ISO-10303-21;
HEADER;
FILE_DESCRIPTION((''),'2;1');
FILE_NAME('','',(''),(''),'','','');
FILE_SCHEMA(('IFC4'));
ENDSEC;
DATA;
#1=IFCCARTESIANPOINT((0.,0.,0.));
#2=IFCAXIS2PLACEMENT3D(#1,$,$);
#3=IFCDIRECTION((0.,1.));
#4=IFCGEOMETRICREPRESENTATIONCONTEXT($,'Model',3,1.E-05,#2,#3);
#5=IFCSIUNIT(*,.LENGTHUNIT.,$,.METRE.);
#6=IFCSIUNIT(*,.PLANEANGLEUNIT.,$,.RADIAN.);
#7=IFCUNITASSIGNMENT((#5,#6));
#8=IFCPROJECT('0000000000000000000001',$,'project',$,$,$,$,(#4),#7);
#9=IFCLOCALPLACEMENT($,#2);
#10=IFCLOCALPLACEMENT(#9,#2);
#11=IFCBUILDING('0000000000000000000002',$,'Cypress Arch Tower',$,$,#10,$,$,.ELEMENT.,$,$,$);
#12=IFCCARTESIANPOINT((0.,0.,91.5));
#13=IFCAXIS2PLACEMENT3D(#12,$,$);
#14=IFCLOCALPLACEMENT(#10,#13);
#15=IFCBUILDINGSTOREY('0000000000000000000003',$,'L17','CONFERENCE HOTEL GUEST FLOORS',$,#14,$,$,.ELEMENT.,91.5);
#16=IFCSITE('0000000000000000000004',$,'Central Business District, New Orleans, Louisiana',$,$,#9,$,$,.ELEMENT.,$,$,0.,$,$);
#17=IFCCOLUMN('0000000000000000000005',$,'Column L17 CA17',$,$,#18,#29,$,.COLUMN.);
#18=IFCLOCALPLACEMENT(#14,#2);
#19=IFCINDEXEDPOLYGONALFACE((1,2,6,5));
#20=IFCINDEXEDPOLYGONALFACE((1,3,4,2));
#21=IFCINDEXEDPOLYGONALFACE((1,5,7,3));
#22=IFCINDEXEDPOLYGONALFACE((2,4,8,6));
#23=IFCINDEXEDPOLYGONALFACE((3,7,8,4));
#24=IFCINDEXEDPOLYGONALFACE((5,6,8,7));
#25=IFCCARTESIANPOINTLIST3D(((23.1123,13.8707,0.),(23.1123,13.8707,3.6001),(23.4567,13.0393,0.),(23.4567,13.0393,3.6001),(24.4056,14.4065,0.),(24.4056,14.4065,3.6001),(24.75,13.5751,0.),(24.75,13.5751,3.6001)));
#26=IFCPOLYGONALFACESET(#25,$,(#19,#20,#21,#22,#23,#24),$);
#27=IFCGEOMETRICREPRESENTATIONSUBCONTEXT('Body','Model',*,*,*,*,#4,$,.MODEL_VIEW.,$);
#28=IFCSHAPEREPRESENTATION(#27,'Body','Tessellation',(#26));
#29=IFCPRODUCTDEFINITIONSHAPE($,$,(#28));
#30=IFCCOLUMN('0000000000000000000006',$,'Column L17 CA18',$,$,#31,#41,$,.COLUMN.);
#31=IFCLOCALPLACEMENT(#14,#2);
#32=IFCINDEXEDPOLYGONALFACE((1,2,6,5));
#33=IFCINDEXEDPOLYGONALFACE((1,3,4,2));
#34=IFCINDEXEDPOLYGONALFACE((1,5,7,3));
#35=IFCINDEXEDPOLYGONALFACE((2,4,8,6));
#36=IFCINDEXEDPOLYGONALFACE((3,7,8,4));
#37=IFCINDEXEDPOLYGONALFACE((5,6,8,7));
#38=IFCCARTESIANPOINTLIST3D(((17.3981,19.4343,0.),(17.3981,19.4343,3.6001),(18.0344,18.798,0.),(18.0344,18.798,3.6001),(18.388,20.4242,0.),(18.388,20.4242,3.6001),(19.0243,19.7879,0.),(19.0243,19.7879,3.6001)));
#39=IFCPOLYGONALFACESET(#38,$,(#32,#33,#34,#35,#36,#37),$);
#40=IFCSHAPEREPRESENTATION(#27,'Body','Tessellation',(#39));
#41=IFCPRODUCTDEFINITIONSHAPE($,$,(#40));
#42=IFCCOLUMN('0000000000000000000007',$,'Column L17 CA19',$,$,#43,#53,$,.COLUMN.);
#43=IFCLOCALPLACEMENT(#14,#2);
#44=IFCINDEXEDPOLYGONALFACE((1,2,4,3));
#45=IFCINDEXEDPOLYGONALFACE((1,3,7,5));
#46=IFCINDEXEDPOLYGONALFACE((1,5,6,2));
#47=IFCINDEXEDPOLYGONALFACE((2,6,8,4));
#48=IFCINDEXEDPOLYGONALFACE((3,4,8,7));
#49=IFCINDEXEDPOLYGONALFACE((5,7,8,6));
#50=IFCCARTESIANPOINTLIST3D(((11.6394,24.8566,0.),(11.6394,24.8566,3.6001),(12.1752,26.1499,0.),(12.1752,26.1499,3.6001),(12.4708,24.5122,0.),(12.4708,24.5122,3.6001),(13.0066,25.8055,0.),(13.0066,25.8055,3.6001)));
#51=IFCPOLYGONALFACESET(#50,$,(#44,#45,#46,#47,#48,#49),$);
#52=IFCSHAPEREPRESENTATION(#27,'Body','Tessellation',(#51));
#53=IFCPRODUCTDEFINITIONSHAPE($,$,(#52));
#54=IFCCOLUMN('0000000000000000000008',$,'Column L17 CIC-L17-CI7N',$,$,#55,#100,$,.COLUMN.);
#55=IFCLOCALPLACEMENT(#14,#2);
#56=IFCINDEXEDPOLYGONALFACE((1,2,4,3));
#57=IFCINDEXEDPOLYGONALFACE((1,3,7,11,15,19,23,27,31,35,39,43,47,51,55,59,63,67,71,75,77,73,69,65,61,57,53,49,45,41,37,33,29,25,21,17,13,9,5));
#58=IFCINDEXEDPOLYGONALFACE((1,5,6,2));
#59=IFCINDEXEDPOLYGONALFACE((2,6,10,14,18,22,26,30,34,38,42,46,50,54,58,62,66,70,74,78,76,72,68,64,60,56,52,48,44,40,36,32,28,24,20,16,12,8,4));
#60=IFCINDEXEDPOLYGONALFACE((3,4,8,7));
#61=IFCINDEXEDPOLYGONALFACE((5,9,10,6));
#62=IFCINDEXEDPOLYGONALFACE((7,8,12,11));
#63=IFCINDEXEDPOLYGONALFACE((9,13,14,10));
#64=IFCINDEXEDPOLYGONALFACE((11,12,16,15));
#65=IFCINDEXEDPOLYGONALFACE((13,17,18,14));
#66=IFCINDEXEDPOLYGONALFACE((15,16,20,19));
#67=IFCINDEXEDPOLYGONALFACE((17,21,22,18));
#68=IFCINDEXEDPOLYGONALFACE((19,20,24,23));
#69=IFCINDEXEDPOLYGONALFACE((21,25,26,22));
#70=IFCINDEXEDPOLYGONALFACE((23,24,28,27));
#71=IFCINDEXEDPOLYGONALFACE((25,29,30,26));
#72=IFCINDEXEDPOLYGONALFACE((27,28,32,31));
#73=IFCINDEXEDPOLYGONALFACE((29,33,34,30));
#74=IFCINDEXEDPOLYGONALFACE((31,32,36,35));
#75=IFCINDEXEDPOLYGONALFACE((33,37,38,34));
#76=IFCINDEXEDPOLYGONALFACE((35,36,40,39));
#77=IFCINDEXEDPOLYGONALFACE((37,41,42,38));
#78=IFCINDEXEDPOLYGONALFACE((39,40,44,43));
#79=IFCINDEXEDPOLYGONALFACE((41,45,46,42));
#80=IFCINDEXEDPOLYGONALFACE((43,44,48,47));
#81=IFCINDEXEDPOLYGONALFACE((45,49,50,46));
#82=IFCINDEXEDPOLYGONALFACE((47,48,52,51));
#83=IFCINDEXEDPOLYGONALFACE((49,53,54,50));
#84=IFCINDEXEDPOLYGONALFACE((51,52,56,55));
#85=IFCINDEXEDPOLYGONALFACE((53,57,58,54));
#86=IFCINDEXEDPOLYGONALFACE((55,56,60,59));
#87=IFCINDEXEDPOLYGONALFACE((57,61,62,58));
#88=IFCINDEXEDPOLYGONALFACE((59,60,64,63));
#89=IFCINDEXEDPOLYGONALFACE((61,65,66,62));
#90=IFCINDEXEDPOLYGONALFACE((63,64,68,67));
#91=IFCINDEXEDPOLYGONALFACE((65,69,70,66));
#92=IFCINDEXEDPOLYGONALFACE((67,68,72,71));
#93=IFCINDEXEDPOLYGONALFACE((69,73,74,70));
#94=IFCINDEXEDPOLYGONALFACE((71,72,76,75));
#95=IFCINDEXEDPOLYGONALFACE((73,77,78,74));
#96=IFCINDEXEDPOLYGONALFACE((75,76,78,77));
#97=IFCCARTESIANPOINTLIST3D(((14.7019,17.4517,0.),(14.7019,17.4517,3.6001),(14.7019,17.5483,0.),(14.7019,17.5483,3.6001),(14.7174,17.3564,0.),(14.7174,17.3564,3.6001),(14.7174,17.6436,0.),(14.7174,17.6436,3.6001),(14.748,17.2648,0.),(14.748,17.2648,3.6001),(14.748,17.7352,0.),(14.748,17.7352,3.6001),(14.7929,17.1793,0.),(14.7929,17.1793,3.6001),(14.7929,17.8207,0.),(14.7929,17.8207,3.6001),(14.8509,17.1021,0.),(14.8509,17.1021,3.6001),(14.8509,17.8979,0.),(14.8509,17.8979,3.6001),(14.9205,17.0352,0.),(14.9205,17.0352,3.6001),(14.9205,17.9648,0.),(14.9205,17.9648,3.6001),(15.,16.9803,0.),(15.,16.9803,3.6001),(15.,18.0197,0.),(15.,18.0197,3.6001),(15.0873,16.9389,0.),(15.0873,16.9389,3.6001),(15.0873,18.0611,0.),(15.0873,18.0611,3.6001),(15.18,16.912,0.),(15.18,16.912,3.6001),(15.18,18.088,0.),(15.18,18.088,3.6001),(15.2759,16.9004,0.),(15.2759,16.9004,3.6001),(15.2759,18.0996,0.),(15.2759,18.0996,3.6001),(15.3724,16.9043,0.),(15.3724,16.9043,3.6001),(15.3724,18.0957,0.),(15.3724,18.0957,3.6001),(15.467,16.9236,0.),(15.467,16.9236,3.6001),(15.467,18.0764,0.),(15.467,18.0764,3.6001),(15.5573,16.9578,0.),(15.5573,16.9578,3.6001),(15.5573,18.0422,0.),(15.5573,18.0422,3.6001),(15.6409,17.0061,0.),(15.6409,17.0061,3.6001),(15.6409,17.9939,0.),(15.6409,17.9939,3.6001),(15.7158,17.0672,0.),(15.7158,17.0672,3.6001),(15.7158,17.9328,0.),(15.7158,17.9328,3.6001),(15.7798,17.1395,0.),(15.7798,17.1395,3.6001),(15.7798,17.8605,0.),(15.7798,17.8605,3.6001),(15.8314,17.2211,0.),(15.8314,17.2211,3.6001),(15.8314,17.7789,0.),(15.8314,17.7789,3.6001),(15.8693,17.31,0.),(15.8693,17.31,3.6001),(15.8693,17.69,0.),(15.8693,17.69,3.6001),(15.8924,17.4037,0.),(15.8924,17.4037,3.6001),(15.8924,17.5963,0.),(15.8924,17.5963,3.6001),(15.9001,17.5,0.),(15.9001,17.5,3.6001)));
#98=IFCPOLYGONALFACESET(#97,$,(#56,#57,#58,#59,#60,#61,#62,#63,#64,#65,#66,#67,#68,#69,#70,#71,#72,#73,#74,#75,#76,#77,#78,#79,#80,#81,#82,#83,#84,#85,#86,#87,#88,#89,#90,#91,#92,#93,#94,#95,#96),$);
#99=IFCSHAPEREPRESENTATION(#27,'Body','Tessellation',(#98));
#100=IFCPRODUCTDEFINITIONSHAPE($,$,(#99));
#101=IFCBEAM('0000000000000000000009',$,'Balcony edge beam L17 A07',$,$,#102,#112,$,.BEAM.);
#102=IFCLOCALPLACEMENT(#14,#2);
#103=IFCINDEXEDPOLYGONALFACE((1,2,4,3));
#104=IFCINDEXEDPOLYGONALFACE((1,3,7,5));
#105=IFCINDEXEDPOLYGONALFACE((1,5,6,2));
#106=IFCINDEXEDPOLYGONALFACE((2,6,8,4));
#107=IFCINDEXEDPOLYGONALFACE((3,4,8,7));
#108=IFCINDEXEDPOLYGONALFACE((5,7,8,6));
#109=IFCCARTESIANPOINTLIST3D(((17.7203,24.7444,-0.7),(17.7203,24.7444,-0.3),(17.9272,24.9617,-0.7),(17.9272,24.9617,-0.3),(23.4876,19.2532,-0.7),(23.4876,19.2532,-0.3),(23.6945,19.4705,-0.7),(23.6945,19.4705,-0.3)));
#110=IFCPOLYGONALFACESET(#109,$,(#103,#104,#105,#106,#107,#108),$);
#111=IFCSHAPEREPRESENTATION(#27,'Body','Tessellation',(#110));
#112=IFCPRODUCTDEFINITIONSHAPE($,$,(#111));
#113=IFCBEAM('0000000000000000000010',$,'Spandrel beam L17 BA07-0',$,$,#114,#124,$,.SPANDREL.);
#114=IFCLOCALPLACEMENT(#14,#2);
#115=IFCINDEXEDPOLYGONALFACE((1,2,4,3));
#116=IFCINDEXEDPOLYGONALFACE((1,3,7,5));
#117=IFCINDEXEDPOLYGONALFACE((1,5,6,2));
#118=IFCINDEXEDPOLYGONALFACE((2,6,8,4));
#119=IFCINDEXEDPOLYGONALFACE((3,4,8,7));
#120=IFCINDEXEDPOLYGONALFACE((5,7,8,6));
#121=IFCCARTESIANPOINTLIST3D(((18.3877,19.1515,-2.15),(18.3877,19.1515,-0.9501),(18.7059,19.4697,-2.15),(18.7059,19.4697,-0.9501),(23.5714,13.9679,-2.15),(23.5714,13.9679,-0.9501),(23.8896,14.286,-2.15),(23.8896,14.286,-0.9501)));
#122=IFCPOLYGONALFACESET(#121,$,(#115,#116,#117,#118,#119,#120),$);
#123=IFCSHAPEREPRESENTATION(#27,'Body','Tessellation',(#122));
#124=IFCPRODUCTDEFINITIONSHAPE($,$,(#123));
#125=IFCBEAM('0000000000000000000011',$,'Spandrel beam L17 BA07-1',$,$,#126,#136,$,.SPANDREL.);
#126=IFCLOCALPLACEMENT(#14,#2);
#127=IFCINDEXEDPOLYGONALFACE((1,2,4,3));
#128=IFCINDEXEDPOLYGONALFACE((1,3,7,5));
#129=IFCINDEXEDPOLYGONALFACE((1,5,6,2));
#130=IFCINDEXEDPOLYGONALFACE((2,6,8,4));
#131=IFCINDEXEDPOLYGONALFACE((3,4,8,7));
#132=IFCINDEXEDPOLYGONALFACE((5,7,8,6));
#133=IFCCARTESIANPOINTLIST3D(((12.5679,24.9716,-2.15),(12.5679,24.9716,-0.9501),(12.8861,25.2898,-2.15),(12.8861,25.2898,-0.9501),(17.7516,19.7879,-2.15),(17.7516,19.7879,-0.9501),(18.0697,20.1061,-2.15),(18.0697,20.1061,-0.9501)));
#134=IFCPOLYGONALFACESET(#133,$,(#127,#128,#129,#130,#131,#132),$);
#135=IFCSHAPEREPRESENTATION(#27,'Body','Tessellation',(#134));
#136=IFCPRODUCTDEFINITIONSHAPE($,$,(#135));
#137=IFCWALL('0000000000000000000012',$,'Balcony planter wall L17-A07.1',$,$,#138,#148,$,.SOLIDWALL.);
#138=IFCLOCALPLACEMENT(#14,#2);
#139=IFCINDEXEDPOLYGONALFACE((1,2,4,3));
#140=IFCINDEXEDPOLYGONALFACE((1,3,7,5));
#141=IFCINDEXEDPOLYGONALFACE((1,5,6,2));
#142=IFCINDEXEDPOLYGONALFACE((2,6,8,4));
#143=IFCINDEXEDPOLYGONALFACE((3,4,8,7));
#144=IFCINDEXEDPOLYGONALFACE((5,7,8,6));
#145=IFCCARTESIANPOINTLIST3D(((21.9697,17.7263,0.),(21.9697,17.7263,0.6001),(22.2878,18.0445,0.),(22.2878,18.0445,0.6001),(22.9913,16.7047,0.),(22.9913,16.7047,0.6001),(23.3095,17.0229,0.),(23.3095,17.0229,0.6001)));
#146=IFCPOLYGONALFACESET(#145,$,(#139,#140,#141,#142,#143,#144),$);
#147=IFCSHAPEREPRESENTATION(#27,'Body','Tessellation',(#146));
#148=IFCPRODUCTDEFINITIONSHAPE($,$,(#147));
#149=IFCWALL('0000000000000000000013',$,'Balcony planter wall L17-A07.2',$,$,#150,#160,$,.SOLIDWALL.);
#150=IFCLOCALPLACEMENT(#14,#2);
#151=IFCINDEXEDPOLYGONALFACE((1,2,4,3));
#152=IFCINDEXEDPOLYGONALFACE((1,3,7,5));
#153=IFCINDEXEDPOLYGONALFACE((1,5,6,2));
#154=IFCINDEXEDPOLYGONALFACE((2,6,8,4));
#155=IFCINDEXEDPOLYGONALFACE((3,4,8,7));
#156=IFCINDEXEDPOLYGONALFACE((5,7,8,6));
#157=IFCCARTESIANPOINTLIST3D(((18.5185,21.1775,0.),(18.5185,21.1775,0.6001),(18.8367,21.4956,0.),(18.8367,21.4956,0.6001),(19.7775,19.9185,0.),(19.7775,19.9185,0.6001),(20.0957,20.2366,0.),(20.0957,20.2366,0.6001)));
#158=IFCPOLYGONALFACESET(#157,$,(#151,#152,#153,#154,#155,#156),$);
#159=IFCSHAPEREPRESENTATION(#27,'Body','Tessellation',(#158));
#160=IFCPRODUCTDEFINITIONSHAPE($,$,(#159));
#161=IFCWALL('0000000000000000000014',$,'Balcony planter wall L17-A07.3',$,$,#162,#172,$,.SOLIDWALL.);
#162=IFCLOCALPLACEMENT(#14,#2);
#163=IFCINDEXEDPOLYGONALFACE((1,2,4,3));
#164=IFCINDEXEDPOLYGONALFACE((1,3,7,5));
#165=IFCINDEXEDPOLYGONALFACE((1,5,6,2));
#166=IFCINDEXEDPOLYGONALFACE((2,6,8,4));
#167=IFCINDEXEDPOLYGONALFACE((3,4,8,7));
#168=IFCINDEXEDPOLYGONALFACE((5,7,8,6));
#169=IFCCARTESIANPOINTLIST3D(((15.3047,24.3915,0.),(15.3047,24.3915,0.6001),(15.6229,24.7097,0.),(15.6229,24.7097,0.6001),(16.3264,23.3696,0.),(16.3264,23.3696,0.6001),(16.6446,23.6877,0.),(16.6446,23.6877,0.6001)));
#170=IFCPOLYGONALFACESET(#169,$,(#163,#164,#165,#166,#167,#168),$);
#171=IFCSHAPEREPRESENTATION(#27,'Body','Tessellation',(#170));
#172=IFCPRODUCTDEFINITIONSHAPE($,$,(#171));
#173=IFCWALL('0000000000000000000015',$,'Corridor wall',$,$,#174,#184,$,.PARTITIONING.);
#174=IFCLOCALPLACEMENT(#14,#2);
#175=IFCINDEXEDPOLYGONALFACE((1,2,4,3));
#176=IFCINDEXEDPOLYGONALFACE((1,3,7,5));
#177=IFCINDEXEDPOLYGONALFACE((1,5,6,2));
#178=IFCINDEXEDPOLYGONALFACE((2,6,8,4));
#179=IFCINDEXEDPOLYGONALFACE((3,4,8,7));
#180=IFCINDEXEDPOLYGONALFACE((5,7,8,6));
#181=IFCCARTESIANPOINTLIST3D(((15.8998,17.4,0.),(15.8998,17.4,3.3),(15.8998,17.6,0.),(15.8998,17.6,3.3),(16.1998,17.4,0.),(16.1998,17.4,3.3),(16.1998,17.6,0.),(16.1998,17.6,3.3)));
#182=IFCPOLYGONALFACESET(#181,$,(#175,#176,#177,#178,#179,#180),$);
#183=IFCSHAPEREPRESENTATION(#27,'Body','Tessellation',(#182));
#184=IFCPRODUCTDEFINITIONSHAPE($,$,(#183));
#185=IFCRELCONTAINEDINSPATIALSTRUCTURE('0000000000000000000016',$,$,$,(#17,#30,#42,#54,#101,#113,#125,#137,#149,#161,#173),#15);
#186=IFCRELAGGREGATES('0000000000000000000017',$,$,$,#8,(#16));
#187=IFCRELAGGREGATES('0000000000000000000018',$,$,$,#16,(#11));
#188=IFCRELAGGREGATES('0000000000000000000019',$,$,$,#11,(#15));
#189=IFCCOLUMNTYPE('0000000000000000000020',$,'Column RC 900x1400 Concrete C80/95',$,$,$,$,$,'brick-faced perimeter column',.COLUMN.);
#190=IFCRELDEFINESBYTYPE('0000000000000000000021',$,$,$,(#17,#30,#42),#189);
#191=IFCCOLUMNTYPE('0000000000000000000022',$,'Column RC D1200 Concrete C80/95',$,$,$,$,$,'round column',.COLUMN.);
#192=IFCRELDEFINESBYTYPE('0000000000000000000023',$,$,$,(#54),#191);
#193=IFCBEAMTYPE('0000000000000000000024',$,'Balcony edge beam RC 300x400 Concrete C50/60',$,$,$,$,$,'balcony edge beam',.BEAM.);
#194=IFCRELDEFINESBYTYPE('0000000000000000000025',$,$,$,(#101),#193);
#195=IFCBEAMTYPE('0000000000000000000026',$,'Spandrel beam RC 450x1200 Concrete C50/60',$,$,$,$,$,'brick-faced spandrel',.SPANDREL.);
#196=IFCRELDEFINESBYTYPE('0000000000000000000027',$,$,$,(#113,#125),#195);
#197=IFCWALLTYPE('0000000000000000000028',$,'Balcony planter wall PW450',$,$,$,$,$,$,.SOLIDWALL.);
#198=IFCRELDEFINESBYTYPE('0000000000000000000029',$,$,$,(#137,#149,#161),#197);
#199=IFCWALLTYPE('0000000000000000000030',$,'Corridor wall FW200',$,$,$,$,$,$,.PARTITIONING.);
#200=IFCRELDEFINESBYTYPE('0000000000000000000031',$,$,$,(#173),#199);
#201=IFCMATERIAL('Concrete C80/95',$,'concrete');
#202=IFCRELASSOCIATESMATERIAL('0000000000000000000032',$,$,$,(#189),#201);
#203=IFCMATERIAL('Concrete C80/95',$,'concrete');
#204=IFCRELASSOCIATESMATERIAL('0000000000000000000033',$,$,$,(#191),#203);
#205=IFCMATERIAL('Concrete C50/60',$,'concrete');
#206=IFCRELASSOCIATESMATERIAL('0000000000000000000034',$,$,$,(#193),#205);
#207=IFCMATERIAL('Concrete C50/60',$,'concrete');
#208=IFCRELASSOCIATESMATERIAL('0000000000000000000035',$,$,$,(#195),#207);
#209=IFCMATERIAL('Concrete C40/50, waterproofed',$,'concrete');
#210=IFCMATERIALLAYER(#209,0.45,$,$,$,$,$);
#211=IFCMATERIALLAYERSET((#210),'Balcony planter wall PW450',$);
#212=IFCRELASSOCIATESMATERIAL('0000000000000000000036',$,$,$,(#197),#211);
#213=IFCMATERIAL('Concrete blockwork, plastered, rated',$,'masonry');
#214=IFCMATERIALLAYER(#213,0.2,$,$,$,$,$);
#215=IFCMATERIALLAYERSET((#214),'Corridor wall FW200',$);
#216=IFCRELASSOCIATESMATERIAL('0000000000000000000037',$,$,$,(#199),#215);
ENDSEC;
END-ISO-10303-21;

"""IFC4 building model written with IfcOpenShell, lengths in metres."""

from ifc_helpers import new_model, si_unit, direction, frame, frame_2d, origin, origin_2d, place, context, subcontext, project, spatial, rectangle, circle, extrude, material, layer, layer_set, material_profile, profile_set, type_object, element, save


model = new_model("IFC4")

# Units and contexts
model_context = context("Model", 3, precision=1e-05, world=origin(), true_north=direction((0.0, 1.0)))
body_context = subcontext(model_context, "Body", "Model", "MODEL_VIEW")
ifc_project = project(units=[si_unit("LENGTHUNIT", "METRE"), si_unit("PLANEANGLEUNIT", "RADIAN")], contexts=[model_context])

# Site, building, storey
site_placement = place(None, origin())
site = spatial("IfcSite", under=ifc_project, at=site_placement, Name="Central Business District, New Orleans, Louisiana", CompositionType="ELEMENT", RefElevation=0.0)
building_placement = place(site_placement, origin())
building = spatial("IfcBuilding", under=site, at=building_placement, Name="Cypress Arch Tower", CompositionType="ELEMENT")
storey_placement = place(building_placement, frame((0.0, 0.0, 91.5)))
storey = spatial("IfcBuildingStorey", under=building, at=storey_placement, Name="L17", Description="CONFERENCE HOTEL GUEST FLOORS", CompositionType="ELEMENT", Elevation=91.5)

# Columns
ifc_material_1 = material(Name="Concrete C80/95", Category="concrete")
ifc_material_profile_1 = material_profile(ifc_material_1, rectangle(XDim=0.8999, YDim=1.3999, at=origin_2d()), Name="RC 900x1400")
ifc_profile_set_1 = profile_set([ifc_material_profile_1], Name="Concrete C80/95")
column_type_1 = type_object("IfcColumnType", Name="Column RC 900x1400 Concrete C80/95", ElementType="brick-faced perimeter column", PredefinedType="COLUMN", material=ifc_profile_set_1)
for number, where, z_axis, x_axis, name in (
    (1, (23.9312, 13.7229, 0.0), (0.0, 0.0, 1.0), (-0.382683, 0.92388, 0.0), "Column L17 CA17"),
    (2, (18.2112, 19.6111, 0.0), (0.0, 0.0, 1.0), (-0.707107, 0.707107, 0.0), "Column L17 CA18"),
    (3, (12.323, 25.3311, 0.0), (0.0, 0.0, 1.0), (-0.92388, 0.382683, 0.0), "Column L17 CA19"),
):
    element("IfcColumn", number, at=place(storey_placement, frame(where, z_axis=z_axis, x_axis=x_axis)), inside=storey, type_object=column_type_1, Name=name, PredefinedType="COLUMN", context=body_context, shape_type="SweptSolid", body=[
        extrude(rectangle(XDim=0.8999, YDim=1.3999, at=origin_2d()), origin(), (0.0, 0.0, 1.0), 3.6001),
    ])
ifc_material_2 = material(Name="Concrete C80/95", Category="concrete")
ifc_material_profile_2 = material_profile(ifc_material_2, circle(Radius=0.6001, at=origin_2d()), Name="RC D1200")
ifc_profile_set_2 = profile_set([ifc_material_profile_2], Name="Concrete C80/95")
column_type_2 = type_object("IfcColumnType", Name="Column RC D1200 Concrete C80/95", ElementType="round column", PredefinedType="COLUMN", material=ifc_profile_set_2)
column_placement = place(storey_placement, frame((15.3, 17.5, 0.0), z_axis=(0.0, 0.0, 1.0), x_axis=(1.0, 0.0, 0.0)))
element("IfcColumn", 4, at=column_placement, inside=storey, type_object=column_type_2, Name="Column L17 CIC-L17-CI7N", PredefinedType="COLUMN", context=body_context, shape_type="SweptSolid", body=[
    extrude(circle(Radius=0.6001, at=origin_2d()), origin(), (0.0, 0.0, 1.0), 3.6001),
])

# Beams
ifc_material_3 = material(Name="Concrete C50/60", Category="concrete")
ifc_material_profile_3 = material_profile(ifc_material_3, rectangle(XDim=0.3, YDim=0.3999, at=origin_2d()), Name="RC 300x400")
ifc_profile_set_3 = profile_set([ifc_material_profile_3], Name="Concrete C50/60")
beam_type_1 = type_object("IfcBeamType", Name="Balcony edge beam RC 300x400 Concrete C50/60", ElementType="balcony edge beam", PredefinedType="BEAM", material=ifc_profile_set_3)
beam_placement = place(storey_placement, frame((23.5911, 19.3618, -0.5), z_axis=(-0.724231, 0.689557, 0.0), x_axis=(-0.689557, -0.724231, 0.0)))
element("IfcBeam", 5, at=beam_placement, inside=storey, type_object=beam_type_1, Name="Balcony edge beam L17 A07", PredefinedType="BEAM", context=body_context, shape_type="SweptSolid", body=[
    extrude(rectangle(XDim=0.3, YDim=0.3999, at=origin_2d()), origin(), (0.0, 0.0, 1.0), 7.9634),
])
ifc_material_4 = material(Name="Concrete C50/60", Category="concrete")
ifc_material_profile_4 = material_profile(ifc_material_4, rectangle(XDim=0.45, YDim=1.2, at=origin_2d()), Name="RC 450x1200")
ifc_profile_set_4 = profile_set([ifc_material_profile_4], Name="Concrete C50/60")
beam_type_2 = type_object("IfcBeamType", Name="Spandrel beam RC 450x1200 Concrete C50/60", ElementType="brick-faced spandrel", PredefinedType="SPANDREL", material=ifc_profile_set_4)
for number, where, z_axis, x_axis, name in (
    (6, (23.7305, 14.127, -1.55), (-0.707107, 0.707107, 0.0), (-0.707107, -0.707107, 0.0), "Spandrel beam L17 BA07-0"),
    (7, (17.9106, 19.947, -1.55), (-0.707107, 0.707107, 0.0), (-0.707107, -0.707107, 0.0), "Spandrel beam L17 BA07-1"),
):
    element("IfcBeam", number, at=place(storey_placement, frame(where, z_axis=z_axis, x_axis=x_axis)), inside=storey, type_object=beam_type_2, Name=name, PredefinedType="SPANDREL", context=body_context, shape_type="SweptSolid", body=[
        extrude(rectangle(XDim=0.45, YDim=1.2, at=origin_2d()), origin(), (0.0, 0.0, 1.0), 7.3308),
    ])

# Walls
ifc_material_5 = material(Name="Concrete C40/50, waterproofed", Category="concrete")
ifc_layer_1 = layer(ifc_material_5, 0.45)
ifc_layer_set_1 = layer_set([ifc_layer_1], Name="Balcony planter wall PW450")
wall_type_1 = type_object("IfcWallType", Name="Balcony planter wall PW450", PredefinedType="SOLIDWALL", material=ifc_layer_set_1)
wall_1_placement = place(storey_placement, frame((23.1504, 16.8638, 0.0), z_axis=(0.0, 0.0, 1.0), x_axis=(-0.707107, 0.707107, 0.0)))
element("IfcWall", 8, at=wall_1_placement, inside=storey, type_object=wall_type_1, Name="Balcony planter wall L17-A07.1", PredefinedType="SOLIDWALL", context=body_context, shape_type="SweptSolid", body=[
    extrude(rectangle(XDim=1.4448, YDim=0.45, at=frame_2d((0.7224, 0.0))), origin(), (0.0, 0.0, 1.0), 0.6001),
])
wall_2_placement = place(storey_placement, frame((19.9365, 20.0776, 0.0), z_axis=(0.0, 0.0, 1.0), x_axis=(-0.707107, 0.707107, 0.0)))
element("IfcWall", 9, at=wall_2_placement, inside=storey, type_object=wall_type_1, Name="Balcony planter wall L17-A07.2", PredefinedType="SOLIDWALL", context=body_context, shape_type="SweptSolid", body=[
    extrude(rectangle(XDim=1.7805, YDim=0.45, at=frame_2d((0.8901, 0.0))), origin(), (0.0, 0.0, 1.0), 0.6001),
])
wall_3_placement = place(storey_placement, frame((16.4856, 23.5286, 0.0), z_axis=(0.0, 0.0, 1.0), x_axis=(-0.707022, 0.707191, 0.0)))
element("IfcWall", 10, at=wall_3_placement, inside=storey, type_object=wall_type_1, Name="Balcony planter wall L17-A07.3", PredefinedType="SOLIDWALL", context=body_context, shape_type="SweptSolid", body=[
    extrude(rectangle(XDim=1.4451, YDim=0.45, at=frame_2d((0.7227, 0.0))), origin(), (0.0, 0.0, 1.0), 0.6001),
])

# Wall
ifc_material_6 = material(Name="Concrete blockwork, plastered, rated", Category="masonry")
ifc_layer_2 = layer(ifc_material_6, 0.2)
ifc_layer_set_2 = layer_set([ifc_layer_2], Name="Corridor wall FW200")
wall_type_2 = type_object("IfcWallType", Name="Corridor wall FW200", PredefinedType="PARTITIONING", material=ifc_layer_set_2)
wall_4_placement = place(storey_placement, frame((15.8999, 17.5, 0.0), z_axis=(0.0, 0.0, 1.0), x_axis=(1.0, 0.0, 0.0)))
element("IfcWall", 11, at=wall_4_placement, inside=storey, type_object=wall_type_2, Name="Corridor wall", PredefinedType="PARTITIONING", context=body_context, shape_type="SweptSolid", body=[
    extrude(rectangle(XDim=0.3, YDim=0.2, at=frame_2d((0.1499, 0.0))), origin(), (0.0, 0.0, 1.0), 3.3),
])

save(model, "model.ifc")
